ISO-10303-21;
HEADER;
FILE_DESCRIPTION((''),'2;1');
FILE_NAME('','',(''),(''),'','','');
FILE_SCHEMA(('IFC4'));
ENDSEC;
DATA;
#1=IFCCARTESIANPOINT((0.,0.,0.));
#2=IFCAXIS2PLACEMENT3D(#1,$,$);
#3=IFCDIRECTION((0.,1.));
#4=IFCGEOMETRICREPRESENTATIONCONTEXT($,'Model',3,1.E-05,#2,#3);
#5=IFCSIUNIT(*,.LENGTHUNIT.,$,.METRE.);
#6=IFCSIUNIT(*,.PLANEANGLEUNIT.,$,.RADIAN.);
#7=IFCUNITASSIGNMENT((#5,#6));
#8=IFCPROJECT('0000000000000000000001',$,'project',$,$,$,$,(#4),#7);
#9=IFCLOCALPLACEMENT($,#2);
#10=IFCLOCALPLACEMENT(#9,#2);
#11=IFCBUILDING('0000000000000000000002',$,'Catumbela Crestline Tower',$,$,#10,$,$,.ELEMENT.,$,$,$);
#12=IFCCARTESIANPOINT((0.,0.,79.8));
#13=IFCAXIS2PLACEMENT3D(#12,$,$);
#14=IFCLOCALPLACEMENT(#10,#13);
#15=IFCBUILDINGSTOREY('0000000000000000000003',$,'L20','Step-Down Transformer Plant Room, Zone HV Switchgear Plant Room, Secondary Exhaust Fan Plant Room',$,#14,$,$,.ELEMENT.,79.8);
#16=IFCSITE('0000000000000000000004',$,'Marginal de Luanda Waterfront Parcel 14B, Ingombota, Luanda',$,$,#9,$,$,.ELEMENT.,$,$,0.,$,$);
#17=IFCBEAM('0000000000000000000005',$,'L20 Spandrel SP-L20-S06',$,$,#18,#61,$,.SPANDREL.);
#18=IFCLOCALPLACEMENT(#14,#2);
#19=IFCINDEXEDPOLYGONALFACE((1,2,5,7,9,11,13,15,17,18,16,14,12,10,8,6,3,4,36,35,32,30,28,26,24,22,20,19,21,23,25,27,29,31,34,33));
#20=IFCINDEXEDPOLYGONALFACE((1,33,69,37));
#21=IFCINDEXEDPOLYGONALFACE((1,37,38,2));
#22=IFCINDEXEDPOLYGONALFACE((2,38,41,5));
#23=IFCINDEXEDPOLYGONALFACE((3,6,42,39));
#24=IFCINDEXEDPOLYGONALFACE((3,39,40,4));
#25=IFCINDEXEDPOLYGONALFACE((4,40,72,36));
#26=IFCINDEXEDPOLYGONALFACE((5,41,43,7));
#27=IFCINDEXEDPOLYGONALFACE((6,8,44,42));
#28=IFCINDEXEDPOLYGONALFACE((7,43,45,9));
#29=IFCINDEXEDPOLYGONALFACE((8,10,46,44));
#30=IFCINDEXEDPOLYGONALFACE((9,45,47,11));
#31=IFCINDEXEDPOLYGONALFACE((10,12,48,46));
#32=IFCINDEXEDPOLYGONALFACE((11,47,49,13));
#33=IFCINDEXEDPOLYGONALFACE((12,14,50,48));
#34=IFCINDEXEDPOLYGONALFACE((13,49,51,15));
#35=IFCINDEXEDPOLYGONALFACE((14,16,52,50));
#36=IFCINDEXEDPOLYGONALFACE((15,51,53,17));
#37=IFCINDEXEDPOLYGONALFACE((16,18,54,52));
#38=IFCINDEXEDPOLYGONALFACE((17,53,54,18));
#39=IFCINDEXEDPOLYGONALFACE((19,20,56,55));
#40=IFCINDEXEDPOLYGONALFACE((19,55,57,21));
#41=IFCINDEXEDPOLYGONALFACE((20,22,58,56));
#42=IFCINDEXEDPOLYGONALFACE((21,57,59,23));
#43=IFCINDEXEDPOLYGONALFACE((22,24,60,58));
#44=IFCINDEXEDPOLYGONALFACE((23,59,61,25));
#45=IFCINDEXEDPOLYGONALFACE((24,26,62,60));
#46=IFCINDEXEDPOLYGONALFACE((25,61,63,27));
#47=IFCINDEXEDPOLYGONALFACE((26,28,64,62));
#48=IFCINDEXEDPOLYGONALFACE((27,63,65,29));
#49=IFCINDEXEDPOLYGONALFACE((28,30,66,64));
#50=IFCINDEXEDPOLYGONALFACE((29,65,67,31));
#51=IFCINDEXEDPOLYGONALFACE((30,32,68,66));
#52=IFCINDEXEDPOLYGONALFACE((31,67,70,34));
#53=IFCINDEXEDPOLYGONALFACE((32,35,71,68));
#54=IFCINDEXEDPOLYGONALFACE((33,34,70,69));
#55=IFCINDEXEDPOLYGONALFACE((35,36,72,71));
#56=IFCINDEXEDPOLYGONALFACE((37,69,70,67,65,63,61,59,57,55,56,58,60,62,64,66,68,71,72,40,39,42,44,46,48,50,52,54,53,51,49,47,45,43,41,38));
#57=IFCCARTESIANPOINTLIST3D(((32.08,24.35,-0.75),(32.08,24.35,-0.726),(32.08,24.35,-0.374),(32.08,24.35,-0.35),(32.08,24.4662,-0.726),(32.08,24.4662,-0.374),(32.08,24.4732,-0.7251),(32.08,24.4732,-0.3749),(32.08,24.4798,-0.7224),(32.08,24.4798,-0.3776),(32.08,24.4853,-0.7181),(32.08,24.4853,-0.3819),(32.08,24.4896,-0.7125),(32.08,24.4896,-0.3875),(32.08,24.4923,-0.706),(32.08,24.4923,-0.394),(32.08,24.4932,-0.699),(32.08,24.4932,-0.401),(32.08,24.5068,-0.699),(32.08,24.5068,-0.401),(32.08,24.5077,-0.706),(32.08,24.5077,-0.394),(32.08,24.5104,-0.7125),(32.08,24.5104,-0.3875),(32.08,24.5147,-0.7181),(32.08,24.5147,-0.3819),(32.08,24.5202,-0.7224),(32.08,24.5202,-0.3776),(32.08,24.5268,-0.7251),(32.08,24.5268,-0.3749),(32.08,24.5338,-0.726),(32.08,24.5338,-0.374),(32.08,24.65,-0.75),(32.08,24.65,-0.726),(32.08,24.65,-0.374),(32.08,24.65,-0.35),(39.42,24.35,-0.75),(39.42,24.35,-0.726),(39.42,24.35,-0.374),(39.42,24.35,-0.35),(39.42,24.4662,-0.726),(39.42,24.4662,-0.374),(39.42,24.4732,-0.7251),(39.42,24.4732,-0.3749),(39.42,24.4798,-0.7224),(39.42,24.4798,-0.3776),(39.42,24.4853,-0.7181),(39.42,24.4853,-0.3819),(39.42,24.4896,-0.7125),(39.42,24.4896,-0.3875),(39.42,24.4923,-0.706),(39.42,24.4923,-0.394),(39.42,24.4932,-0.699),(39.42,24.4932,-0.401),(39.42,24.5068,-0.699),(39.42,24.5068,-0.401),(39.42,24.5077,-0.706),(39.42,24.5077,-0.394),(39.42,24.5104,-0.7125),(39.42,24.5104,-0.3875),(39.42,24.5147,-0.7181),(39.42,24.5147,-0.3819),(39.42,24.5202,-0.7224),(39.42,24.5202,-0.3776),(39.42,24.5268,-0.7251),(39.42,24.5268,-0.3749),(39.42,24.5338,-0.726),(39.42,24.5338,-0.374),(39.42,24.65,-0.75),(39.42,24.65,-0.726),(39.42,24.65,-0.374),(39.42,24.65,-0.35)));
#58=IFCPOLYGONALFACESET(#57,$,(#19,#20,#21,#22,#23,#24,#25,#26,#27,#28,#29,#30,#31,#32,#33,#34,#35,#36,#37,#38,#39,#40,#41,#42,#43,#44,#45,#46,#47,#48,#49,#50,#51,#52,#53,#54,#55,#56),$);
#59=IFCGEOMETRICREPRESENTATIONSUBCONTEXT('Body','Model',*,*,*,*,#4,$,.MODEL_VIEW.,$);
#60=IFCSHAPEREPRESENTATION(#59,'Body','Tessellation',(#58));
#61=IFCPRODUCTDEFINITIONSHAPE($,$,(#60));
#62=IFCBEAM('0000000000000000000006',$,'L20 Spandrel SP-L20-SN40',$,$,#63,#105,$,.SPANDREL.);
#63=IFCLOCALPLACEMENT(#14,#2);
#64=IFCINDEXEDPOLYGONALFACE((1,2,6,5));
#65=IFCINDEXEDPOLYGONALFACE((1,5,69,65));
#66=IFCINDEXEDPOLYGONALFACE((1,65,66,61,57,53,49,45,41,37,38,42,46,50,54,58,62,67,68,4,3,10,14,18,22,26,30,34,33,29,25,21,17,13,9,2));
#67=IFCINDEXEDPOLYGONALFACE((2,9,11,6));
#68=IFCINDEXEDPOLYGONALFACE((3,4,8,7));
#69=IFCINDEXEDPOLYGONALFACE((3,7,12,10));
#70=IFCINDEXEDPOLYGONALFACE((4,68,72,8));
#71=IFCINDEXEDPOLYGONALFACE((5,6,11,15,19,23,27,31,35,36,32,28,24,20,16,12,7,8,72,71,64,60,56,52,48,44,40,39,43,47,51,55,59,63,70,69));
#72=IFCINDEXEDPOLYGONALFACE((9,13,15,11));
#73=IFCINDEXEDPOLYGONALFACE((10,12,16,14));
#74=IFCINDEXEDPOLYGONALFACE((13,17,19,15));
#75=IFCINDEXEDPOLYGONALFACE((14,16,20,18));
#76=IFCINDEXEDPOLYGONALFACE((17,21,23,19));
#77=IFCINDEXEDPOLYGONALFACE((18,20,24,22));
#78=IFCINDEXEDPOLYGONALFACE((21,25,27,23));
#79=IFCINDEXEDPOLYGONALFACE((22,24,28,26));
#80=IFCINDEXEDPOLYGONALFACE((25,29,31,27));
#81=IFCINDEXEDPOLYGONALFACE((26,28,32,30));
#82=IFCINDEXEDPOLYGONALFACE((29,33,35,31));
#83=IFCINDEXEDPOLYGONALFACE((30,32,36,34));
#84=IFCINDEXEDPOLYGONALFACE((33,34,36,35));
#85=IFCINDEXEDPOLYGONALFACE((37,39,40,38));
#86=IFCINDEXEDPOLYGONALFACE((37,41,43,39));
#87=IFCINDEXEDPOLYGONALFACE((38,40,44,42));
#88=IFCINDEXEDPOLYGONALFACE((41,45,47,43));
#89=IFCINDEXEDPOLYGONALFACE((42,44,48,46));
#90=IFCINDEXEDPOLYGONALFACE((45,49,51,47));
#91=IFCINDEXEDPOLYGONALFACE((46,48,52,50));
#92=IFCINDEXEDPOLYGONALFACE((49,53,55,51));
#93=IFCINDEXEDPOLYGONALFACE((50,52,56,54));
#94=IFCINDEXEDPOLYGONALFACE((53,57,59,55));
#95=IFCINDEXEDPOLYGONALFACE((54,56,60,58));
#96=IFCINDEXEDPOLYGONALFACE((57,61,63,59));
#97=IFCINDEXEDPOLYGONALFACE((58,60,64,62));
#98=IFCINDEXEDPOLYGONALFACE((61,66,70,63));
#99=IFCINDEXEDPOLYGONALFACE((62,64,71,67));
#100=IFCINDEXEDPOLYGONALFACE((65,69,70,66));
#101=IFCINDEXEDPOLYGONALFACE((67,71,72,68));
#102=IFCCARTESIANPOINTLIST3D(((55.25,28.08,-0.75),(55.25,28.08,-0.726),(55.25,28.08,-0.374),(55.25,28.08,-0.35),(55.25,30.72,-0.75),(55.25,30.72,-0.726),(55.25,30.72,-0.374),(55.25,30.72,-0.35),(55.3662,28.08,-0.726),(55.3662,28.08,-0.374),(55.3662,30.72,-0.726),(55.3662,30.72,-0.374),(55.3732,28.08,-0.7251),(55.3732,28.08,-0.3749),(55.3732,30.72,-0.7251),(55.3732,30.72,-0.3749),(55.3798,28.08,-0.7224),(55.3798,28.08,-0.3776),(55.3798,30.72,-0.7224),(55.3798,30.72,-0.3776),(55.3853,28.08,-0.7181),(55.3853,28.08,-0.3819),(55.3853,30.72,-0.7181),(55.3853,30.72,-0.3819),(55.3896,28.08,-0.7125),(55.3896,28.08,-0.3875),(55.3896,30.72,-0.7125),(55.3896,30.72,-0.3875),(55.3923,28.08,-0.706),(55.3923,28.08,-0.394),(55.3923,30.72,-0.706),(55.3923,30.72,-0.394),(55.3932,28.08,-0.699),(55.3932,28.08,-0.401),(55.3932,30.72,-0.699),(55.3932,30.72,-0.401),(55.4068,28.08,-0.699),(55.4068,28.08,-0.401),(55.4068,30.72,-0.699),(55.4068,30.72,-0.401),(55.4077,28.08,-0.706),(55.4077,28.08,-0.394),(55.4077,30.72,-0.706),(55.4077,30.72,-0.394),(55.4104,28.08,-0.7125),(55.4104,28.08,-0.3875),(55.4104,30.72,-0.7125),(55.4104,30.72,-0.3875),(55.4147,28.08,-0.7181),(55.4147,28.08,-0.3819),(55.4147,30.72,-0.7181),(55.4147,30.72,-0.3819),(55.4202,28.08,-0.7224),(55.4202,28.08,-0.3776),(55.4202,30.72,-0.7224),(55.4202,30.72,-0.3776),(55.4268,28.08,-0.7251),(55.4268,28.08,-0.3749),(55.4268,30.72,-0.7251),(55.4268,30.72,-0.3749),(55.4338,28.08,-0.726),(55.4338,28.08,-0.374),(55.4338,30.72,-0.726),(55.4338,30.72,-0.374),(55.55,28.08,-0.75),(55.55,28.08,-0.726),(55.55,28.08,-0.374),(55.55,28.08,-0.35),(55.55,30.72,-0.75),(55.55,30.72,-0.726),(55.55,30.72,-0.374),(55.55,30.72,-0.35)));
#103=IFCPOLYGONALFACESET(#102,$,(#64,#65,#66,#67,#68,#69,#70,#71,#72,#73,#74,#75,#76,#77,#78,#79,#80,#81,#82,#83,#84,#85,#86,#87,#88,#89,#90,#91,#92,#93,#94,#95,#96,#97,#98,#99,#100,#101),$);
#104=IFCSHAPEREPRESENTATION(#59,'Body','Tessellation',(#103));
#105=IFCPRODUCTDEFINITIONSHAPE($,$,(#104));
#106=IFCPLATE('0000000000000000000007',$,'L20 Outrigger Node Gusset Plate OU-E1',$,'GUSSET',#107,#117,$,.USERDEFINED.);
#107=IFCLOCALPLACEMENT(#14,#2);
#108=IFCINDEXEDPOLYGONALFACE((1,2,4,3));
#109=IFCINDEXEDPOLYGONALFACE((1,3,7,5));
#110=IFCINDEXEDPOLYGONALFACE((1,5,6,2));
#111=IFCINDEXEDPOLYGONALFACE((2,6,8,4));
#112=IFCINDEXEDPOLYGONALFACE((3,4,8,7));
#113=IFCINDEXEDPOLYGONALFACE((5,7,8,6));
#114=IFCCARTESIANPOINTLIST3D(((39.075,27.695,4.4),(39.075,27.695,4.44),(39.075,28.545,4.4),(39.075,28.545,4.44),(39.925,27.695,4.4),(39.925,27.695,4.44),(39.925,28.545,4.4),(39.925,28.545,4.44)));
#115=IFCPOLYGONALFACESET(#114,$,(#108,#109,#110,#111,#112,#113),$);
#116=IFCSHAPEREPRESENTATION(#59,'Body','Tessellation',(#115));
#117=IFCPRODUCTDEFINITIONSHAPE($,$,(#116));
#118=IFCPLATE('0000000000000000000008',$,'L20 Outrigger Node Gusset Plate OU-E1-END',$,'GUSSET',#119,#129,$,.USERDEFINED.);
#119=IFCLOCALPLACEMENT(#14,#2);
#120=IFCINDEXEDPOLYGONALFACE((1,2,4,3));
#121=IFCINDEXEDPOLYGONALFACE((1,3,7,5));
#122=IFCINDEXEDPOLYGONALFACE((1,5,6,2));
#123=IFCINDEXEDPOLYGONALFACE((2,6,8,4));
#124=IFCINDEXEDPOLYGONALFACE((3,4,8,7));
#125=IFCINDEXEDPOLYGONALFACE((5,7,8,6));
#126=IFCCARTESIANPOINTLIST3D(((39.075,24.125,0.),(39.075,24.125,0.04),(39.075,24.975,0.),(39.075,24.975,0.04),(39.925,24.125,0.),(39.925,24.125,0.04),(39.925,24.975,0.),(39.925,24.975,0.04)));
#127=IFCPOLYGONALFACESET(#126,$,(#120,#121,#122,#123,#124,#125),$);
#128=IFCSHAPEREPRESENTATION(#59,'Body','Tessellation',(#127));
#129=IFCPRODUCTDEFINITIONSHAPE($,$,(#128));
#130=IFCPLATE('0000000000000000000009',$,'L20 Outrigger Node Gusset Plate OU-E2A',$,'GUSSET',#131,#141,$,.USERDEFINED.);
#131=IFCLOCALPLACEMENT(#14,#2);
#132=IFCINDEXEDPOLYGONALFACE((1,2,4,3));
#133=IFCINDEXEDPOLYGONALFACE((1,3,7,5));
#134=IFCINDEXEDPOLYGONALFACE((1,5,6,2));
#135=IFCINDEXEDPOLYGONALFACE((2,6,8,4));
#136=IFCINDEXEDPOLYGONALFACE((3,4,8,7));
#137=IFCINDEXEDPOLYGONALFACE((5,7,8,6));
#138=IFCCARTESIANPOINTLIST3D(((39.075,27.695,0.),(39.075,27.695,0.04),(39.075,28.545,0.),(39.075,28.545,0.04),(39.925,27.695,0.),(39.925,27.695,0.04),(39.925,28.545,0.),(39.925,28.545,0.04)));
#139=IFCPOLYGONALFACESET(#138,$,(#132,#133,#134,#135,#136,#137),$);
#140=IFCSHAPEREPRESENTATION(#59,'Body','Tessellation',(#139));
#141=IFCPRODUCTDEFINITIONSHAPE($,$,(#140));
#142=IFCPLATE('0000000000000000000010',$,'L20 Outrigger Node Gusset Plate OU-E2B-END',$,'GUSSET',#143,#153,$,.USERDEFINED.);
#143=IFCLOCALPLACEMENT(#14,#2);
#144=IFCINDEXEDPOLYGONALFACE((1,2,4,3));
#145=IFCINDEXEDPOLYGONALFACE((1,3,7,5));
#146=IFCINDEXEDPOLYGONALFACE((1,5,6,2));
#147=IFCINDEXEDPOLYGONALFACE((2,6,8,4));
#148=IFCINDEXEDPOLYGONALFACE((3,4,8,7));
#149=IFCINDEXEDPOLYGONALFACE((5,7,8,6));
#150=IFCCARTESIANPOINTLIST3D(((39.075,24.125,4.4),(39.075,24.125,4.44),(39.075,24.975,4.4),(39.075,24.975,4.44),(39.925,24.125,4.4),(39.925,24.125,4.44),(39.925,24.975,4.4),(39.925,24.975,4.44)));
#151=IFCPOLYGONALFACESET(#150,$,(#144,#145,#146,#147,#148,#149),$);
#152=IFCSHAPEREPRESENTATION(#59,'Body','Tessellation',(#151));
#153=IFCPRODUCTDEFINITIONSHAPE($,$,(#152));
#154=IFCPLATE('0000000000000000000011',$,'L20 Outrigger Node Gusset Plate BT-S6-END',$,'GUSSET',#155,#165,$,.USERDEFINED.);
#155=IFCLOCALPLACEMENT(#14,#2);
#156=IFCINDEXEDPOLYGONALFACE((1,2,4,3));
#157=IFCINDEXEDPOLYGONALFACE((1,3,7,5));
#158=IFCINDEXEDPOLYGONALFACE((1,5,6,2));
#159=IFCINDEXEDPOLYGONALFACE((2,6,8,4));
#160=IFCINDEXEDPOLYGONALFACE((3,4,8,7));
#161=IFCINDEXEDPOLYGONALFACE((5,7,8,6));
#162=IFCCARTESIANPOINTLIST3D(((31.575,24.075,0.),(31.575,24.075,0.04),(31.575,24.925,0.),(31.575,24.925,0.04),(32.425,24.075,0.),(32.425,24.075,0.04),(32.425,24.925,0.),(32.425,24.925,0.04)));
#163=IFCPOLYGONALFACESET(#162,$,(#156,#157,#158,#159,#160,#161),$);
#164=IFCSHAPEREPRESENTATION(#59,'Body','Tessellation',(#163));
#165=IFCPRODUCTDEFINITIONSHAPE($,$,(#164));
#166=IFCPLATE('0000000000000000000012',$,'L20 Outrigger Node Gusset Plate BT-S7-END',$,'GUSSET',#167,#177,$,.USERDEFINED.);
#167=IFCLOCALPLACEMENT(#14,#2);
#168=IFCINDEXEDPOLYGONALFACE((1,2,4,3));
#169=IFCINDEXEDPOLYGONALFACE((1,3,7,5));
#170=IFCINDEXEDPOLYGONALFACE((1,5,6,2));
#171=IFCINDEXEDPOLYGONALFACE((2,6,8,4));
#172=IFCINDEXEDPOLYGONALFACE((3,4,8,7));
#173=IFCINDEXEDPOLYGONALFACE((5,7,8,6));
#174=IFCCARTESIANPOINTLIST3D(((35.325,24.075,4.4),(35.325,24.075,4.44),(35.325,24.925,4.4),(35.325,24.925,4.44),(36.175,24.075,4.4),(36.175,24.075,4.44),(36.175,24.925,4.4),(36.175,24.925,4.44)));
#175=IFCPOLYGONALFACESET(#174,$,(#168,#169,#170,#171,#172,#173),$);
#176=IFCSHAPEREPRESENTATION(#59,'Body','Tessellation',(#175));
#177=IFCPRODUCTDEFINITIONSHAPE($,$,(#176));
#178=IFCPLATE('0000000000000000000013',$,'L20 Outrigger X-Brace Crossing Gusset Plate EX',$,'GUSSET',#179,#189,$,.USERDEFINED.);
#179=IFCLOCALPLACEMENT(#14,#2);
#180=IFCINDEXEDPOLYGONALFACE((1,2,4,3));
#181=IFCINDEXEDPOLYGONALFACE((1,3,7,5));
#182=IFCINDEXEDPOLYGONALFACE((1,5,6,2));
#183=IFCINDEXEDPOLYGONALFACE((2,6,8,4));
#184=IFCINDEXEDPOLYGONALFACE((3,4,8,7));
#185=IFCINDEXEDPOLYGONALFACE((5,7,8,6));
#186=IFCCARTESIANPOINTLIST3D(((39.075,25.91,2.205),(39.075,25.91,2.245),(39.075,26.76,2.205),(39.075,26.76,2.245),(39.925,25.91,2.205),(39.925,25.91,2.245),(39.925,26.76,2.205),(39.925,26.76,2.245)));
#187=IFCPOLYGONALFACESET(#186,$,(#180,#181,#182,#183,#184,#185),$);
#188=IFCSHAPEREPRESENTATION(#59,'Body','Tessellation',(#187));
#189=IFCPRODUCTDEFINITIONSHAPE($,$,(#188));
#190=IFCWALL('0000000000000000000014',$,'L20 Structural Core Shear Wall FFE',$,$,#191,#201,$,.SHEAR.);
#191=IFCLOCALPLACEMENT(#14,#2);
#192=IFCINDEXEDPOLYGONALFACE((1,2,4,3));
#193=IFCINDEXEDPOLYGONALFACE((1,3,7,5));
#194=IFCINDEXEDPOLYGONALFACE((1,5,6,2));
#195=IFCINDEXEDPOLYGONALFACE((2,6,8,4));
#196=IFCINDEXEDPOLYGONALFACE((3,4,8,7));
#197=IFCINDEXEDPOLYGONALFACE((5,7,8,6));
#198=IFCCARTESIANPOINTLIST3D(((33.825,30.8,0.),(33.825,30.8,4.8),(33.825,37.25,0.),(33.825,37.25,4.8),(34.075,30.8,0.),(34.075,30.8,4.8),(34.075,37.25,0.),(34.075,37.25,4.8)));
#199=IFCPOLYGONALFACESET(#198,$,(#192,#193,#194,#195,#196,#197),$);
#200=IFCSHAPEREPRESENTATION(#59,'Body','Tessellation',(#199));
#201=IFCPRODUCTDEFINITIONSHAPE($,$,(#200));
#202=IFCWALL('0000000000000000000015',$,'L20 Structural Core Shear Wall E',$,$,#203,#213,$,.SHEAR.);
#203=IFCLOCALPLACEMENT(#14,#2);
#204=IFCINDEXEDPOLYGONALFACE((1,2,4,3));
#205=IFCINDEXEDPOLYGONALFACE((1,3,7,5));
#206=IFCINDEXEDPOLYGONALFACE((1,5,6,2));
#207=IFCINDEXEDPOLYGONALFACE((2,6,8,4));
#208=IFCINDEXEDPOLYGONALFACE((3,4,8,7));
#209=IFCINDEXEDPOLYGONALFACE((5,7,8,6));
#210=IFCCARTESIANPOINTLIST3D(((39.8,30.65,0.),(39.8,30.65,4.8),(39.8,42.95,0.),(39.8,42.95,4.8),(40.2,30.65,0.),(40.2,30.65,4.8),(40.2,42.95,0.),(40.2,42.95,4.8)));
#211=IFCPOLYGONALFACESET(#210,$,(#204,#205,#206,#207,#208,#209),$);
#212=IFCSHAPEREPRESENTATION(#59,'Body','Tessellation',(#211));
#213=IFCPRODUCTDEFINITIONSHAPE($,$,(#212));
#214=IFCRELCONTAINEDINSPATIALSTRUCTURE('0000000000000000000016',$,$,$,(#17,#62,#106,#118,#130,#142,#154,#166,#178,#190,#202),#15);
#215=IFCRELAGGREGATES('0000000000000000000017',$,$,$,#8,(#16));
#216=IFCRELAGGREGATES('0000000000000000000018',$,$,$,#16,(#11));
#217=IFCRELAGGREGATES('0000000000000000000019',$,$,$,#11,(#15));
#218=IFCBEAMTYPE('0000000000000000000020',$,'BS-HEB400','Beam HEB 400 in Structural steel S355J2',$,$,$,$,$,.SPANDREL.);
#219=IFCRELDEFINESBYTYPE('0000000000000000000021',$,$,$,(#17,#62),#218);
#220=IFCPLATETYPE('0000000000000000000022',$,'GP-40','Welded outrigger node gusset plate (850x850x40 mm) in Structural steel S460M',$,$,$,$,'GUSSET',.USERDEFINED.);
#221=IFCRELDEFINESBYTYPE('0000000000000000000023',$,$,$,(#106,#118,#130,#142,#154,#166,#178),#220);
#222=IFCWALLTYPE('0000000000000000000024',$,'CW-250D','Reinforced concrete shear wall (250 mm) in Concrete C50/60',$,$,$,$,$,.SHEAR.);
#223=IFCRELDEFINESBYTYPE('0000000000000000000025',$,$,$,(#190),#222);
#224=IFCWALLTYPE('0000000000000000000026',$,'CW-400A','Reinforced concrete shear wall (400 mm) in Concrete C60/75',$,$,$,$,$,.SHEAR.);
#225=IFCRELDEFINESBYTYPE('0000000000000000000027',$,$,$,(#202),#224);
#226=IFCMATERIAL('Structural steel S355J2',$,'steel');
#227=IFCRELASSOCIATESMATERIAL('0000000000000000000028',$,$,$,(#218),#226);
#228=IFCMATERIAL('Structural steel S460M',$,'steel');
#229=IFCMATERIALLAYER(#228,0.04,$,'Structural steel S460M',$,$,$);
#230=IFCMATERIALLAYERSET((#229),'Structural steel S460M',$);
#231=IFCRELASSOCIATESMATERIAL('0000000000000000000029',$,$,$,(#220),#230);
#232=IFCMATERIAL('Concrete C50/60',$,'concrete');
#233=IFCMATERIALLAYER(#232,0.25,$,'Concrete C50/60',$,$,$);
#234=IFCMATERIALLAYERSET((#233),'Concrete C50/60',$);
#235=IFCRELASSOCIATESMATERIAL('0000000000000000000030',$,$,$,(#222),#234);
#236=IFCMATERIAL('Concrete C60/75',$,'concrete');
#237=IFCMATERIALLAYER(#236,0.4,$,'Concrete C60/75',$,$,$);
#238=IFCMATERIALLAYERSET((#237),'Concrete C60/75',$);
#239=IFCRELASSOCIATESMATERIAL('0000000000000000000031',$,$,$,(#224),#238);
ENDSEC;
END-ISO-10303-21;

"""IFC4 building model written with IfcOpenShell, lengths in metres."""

from ifc_helpers import new_model, si_unit, direction, frame, frame_2d, origin, origin_2d, place, context, subcontext, project, spatial, rectangle, i_section, extrude, material, layer, layer_set, material_profile, profile_set, type_object, element, save


model = new_model("IFC4")

# Units and contexts
model_context = context("Model", 3, precision=1e-05, world=origin(), true_north=direction((0.0, 1.0)))
body_context = subcontext(model_context, "Body", "Model", "MODEL_VIEW")
ifc_project = project(units=[si_unit("LENGTHUNIT", "METRE"), si_unit("PLANEANGLEUNIT", "RADIAN")], contexts=[model_context])

# Site, building, storey
site_placement = place(None, origin())
site = spatial("IfcSite", under=ifc_project, at=site_placement, Name="Marginal de Luanda Waterfront Parcel 14B, Ingombota, Luanda", CompositionType="ELEMENT", RefElevation=0.0)
building_placement = place(site_placement, origin())
building = spatial("IfcBuilding", under=site, at=building_placement, Name="Catumbela Crestline Tower", CompositionType="ELEMENT")
storey_placement = place(building_placement, frame((0.0, 0.0, 79.8)))
storey = spatial("IfcBuildingStorey", under=building, at=storey_placement, Name="L20", Description="Step-Down Transformer Plant Room, Zone HV Switchgear Plant Room, Secondary Exhaust Fan Plant Room", CompositionType="ELEMENT", Elevation=79.8)

# Shared definitions
ifc_material_1 = material(Name="Concrete C60/75", Category="concrete")
ifc_material_2 = material(Name="Structural steel S460M", Category="steel")

# Shared definitions
ifc_material_3 = material(Name="Structural steel S355J2", Category="steel")

# Beams
ifc_material_profile_1 = material_profile(ifc_material_3, i_section(OverallWidth=0.3, OverallDepth=0.4, WebThickness=0.0135, FlangeThickness=0.024, FilletRadius=0.027, at=origin_2d()), Name="HEB 400")
ifc_profile_set_1 = profile_set([ifc_material_profile_1], Name="Structural steel S355J2")
beam_type_1 = type_object("IfcBeamType", Name="BS-HEB400", Description="Beam HEB 400 in Structural steel S355J2", PredefinedType="SPANDREL", material=ifc_profile_set_1)
beam_1_placement = place(storey_placement, frame((32.08, 24.5, -0.55), z_axis=(1.0, 0.0, 0.0), x_axis=(0.0, 1.0, 0.0)))
element("IfcBeam", 1, at=beam_1_placement, inside=storey, type_object=beam_type_1, Name="L20 Spandrel SP-L20-S06", PredefinedType="SPANDREL", context=body_context, shape_type="SweptSolid", body=[
    extrude(i_section(OverallWidth=0.3, OverallDepth=0.4, WebThickness=0.0135, FlangeThickness=0.024, FilletRadius=0.027, at=origin_2d()), origin(), (0.0, 0.0, 1.0), 7.34),
])
beam_2_placement = place(storey_placement, frame((55.4, 28.08, -0.55), z_axis=(0.0, 1.0, 0.0), x_axis=(-1.0, 0.0, 0.0)))
element("IfcBeam", 2, at=beam_2_placement, inside=storey, type_object=beam_type_1, Name="L20 Spandrel SP-L20-SN40", PredefinedType="SPANDREL", context=body_context, shape_type="SweptSolid", body=[
    extrude(i_section(OverallWidth=0.3, OverallDepth=0.4, WebThickness=0.0135, FlangeThickness=0.024, FilletRadius=0.027, at=origin_2d()), origin(), (0.0, 0.0, 1.0), 2.64),
])

# Plates
ifc_layer_1 = layer(ifc_material_2, 0.04, Name="Structural steel S460M")
ifc_layer_set_1 = layer_set([ifc_layer_1], Name="Structural steel S460M")
plate_type = type_object("IfcPlateType", Name="GP-40", Description="Welded outrigger node gusset plate (850x850x40 mm) in Structural steel S460M", ElementType="GUSSET", PredefinedType="USERDEFINED", material=ifc_layer_set_1)
for number, where, z_axis, x_axis, name in (
    (3, (39.5, 28.12, 4.4), (0.0, 0.0, 1.0), (1.0, 0.0, 0.0), "L20 Outrigger Node Gusset Plate OU-E1"),
    (4, (39.5, 24.55, 0.0), (0.0, 0.0, 1.0), (1.0, 0.0, 0.0), "L20 Outrigger Node Gusset Plate OU-E1-END"),
    (5, (39.5, 28.12, 0.0), (0.0, 0.0, 1.0), (1.0, 0.0, 0.0), "L20 Outrigger Node Gusset Plate OU-E2A"),
    (6, (39.5, 24.55, 4.4), (0.0, 0.0, 1.0), (1.0, 0.0, 0.0), "L20 Outrigger Node Gusset Plate OU-E2B-END"),
    (7, (32.0, 24.5, 0.0), (0.0, 0.0, 1.0), (1.0, 0.0, 0.0), "L20 Outrigger Node Gusset Plate BT-S6-END"),
    (8, (35.75, 24.5, 4.4), (0.0, 0.0, 1.0), (1.0, 0.0, 0.0), "L20 Outrigger Node Gusset Plate BT-S7-END"),
    (9, (39.5, 26.335, 2.205), (0.0, 0.0, 1.0), (1.0, 0.0, 0.0), "L20 Outrigger X-Brace Crossing Gusset Plate EX"),
):
    element("IfcPlate", number, at=place(storey_placement, frame(where, z_axis=z_axis, x_axis=x_axis)), inside=storey, type_object=plate_type, Name=name, ObjectType="GUSSET", PredefinedType="USERDEFINED", context=body_context, shape_type="SweptSolid", body=[
        extrude(rectangle(XDim=0.85, YDim=0.85, at=origin_2d()), origin(), (0.0, 0.0, 1.0), 0.04),
    ])

# Walls
ifc_material_4 = material(Name="Concrete C50/60", Category="concrete")
ifc_layer_2 = layer(ifc_material_4, 0.25, Name="Concrete C50/60")
ifc_layer_set_2 = layer_set([ifc_layer_2], Name="Concrete C50/60")
wall_type_1 = type_object("IfcWallType", Name="CW-250D", Description="Reinforced concrete shear wall (250 mm) in Concrete C50/60", PredefinedType="SHEAR", material=ifc_layer_set_2)
wall_1_placement = place(storey_placement, frame((33.95, 30.8, 0.0), z_axis=(0.0, 0.0, 1.0), x_axis=(0.0, 1.0, 0.0)))
element("IfcWall", 10, at=wall_1_placement, inside=storey, type_object=wall_type_1, Name="L20 Structural Core Shear Wall FFE", PredefinedType="SHEAR", context=body_context, shape_type="SweptSolid", body=[
    extrude(rectangle(XDim=6.45, YDim=0.25, at=frame_2d((3.225, 0.0))), origin(), (0.0, 0.0, 1.0), 4.8),
])
ifc_layer_3 = layer(ifc_material_1, 0.4, Name="Concrete C60/75")
ifc_layer_set_3 = layer_set([ifc_layer_3], Name="Concrete C60/75")
wall_type_2 = type_object("IfcWallType", Name="CW-400A", Description="Reinforced concrete shear wall (400 mm) in Concrete C60/75", PredefinedType="SHEAR", material=ifc_layer_set_3)
wall_2_placement = place(storey_placement, frame((40.0, 30.65, 0.0), z_axis=(0.0, 0.0, 1.0), x_axis=(0.0, 1.0, 0.0)))
element("IfcWall", 11, at=wall_2_placement, inside=storey, type_object=wall_type_2, Name="L20 Structural Core Shear Wall E", PredefinedType="SHEAR", context=body_context, shape_type="SweptSolid", body=[
    extrude(rectangle(XDim=12.3, YDim=0.4, at=frame_2d((6.15, 0.0))), origin(), (0.0, 0.0, 1.0), 4.8),
])

save(model, "model.ifc")
